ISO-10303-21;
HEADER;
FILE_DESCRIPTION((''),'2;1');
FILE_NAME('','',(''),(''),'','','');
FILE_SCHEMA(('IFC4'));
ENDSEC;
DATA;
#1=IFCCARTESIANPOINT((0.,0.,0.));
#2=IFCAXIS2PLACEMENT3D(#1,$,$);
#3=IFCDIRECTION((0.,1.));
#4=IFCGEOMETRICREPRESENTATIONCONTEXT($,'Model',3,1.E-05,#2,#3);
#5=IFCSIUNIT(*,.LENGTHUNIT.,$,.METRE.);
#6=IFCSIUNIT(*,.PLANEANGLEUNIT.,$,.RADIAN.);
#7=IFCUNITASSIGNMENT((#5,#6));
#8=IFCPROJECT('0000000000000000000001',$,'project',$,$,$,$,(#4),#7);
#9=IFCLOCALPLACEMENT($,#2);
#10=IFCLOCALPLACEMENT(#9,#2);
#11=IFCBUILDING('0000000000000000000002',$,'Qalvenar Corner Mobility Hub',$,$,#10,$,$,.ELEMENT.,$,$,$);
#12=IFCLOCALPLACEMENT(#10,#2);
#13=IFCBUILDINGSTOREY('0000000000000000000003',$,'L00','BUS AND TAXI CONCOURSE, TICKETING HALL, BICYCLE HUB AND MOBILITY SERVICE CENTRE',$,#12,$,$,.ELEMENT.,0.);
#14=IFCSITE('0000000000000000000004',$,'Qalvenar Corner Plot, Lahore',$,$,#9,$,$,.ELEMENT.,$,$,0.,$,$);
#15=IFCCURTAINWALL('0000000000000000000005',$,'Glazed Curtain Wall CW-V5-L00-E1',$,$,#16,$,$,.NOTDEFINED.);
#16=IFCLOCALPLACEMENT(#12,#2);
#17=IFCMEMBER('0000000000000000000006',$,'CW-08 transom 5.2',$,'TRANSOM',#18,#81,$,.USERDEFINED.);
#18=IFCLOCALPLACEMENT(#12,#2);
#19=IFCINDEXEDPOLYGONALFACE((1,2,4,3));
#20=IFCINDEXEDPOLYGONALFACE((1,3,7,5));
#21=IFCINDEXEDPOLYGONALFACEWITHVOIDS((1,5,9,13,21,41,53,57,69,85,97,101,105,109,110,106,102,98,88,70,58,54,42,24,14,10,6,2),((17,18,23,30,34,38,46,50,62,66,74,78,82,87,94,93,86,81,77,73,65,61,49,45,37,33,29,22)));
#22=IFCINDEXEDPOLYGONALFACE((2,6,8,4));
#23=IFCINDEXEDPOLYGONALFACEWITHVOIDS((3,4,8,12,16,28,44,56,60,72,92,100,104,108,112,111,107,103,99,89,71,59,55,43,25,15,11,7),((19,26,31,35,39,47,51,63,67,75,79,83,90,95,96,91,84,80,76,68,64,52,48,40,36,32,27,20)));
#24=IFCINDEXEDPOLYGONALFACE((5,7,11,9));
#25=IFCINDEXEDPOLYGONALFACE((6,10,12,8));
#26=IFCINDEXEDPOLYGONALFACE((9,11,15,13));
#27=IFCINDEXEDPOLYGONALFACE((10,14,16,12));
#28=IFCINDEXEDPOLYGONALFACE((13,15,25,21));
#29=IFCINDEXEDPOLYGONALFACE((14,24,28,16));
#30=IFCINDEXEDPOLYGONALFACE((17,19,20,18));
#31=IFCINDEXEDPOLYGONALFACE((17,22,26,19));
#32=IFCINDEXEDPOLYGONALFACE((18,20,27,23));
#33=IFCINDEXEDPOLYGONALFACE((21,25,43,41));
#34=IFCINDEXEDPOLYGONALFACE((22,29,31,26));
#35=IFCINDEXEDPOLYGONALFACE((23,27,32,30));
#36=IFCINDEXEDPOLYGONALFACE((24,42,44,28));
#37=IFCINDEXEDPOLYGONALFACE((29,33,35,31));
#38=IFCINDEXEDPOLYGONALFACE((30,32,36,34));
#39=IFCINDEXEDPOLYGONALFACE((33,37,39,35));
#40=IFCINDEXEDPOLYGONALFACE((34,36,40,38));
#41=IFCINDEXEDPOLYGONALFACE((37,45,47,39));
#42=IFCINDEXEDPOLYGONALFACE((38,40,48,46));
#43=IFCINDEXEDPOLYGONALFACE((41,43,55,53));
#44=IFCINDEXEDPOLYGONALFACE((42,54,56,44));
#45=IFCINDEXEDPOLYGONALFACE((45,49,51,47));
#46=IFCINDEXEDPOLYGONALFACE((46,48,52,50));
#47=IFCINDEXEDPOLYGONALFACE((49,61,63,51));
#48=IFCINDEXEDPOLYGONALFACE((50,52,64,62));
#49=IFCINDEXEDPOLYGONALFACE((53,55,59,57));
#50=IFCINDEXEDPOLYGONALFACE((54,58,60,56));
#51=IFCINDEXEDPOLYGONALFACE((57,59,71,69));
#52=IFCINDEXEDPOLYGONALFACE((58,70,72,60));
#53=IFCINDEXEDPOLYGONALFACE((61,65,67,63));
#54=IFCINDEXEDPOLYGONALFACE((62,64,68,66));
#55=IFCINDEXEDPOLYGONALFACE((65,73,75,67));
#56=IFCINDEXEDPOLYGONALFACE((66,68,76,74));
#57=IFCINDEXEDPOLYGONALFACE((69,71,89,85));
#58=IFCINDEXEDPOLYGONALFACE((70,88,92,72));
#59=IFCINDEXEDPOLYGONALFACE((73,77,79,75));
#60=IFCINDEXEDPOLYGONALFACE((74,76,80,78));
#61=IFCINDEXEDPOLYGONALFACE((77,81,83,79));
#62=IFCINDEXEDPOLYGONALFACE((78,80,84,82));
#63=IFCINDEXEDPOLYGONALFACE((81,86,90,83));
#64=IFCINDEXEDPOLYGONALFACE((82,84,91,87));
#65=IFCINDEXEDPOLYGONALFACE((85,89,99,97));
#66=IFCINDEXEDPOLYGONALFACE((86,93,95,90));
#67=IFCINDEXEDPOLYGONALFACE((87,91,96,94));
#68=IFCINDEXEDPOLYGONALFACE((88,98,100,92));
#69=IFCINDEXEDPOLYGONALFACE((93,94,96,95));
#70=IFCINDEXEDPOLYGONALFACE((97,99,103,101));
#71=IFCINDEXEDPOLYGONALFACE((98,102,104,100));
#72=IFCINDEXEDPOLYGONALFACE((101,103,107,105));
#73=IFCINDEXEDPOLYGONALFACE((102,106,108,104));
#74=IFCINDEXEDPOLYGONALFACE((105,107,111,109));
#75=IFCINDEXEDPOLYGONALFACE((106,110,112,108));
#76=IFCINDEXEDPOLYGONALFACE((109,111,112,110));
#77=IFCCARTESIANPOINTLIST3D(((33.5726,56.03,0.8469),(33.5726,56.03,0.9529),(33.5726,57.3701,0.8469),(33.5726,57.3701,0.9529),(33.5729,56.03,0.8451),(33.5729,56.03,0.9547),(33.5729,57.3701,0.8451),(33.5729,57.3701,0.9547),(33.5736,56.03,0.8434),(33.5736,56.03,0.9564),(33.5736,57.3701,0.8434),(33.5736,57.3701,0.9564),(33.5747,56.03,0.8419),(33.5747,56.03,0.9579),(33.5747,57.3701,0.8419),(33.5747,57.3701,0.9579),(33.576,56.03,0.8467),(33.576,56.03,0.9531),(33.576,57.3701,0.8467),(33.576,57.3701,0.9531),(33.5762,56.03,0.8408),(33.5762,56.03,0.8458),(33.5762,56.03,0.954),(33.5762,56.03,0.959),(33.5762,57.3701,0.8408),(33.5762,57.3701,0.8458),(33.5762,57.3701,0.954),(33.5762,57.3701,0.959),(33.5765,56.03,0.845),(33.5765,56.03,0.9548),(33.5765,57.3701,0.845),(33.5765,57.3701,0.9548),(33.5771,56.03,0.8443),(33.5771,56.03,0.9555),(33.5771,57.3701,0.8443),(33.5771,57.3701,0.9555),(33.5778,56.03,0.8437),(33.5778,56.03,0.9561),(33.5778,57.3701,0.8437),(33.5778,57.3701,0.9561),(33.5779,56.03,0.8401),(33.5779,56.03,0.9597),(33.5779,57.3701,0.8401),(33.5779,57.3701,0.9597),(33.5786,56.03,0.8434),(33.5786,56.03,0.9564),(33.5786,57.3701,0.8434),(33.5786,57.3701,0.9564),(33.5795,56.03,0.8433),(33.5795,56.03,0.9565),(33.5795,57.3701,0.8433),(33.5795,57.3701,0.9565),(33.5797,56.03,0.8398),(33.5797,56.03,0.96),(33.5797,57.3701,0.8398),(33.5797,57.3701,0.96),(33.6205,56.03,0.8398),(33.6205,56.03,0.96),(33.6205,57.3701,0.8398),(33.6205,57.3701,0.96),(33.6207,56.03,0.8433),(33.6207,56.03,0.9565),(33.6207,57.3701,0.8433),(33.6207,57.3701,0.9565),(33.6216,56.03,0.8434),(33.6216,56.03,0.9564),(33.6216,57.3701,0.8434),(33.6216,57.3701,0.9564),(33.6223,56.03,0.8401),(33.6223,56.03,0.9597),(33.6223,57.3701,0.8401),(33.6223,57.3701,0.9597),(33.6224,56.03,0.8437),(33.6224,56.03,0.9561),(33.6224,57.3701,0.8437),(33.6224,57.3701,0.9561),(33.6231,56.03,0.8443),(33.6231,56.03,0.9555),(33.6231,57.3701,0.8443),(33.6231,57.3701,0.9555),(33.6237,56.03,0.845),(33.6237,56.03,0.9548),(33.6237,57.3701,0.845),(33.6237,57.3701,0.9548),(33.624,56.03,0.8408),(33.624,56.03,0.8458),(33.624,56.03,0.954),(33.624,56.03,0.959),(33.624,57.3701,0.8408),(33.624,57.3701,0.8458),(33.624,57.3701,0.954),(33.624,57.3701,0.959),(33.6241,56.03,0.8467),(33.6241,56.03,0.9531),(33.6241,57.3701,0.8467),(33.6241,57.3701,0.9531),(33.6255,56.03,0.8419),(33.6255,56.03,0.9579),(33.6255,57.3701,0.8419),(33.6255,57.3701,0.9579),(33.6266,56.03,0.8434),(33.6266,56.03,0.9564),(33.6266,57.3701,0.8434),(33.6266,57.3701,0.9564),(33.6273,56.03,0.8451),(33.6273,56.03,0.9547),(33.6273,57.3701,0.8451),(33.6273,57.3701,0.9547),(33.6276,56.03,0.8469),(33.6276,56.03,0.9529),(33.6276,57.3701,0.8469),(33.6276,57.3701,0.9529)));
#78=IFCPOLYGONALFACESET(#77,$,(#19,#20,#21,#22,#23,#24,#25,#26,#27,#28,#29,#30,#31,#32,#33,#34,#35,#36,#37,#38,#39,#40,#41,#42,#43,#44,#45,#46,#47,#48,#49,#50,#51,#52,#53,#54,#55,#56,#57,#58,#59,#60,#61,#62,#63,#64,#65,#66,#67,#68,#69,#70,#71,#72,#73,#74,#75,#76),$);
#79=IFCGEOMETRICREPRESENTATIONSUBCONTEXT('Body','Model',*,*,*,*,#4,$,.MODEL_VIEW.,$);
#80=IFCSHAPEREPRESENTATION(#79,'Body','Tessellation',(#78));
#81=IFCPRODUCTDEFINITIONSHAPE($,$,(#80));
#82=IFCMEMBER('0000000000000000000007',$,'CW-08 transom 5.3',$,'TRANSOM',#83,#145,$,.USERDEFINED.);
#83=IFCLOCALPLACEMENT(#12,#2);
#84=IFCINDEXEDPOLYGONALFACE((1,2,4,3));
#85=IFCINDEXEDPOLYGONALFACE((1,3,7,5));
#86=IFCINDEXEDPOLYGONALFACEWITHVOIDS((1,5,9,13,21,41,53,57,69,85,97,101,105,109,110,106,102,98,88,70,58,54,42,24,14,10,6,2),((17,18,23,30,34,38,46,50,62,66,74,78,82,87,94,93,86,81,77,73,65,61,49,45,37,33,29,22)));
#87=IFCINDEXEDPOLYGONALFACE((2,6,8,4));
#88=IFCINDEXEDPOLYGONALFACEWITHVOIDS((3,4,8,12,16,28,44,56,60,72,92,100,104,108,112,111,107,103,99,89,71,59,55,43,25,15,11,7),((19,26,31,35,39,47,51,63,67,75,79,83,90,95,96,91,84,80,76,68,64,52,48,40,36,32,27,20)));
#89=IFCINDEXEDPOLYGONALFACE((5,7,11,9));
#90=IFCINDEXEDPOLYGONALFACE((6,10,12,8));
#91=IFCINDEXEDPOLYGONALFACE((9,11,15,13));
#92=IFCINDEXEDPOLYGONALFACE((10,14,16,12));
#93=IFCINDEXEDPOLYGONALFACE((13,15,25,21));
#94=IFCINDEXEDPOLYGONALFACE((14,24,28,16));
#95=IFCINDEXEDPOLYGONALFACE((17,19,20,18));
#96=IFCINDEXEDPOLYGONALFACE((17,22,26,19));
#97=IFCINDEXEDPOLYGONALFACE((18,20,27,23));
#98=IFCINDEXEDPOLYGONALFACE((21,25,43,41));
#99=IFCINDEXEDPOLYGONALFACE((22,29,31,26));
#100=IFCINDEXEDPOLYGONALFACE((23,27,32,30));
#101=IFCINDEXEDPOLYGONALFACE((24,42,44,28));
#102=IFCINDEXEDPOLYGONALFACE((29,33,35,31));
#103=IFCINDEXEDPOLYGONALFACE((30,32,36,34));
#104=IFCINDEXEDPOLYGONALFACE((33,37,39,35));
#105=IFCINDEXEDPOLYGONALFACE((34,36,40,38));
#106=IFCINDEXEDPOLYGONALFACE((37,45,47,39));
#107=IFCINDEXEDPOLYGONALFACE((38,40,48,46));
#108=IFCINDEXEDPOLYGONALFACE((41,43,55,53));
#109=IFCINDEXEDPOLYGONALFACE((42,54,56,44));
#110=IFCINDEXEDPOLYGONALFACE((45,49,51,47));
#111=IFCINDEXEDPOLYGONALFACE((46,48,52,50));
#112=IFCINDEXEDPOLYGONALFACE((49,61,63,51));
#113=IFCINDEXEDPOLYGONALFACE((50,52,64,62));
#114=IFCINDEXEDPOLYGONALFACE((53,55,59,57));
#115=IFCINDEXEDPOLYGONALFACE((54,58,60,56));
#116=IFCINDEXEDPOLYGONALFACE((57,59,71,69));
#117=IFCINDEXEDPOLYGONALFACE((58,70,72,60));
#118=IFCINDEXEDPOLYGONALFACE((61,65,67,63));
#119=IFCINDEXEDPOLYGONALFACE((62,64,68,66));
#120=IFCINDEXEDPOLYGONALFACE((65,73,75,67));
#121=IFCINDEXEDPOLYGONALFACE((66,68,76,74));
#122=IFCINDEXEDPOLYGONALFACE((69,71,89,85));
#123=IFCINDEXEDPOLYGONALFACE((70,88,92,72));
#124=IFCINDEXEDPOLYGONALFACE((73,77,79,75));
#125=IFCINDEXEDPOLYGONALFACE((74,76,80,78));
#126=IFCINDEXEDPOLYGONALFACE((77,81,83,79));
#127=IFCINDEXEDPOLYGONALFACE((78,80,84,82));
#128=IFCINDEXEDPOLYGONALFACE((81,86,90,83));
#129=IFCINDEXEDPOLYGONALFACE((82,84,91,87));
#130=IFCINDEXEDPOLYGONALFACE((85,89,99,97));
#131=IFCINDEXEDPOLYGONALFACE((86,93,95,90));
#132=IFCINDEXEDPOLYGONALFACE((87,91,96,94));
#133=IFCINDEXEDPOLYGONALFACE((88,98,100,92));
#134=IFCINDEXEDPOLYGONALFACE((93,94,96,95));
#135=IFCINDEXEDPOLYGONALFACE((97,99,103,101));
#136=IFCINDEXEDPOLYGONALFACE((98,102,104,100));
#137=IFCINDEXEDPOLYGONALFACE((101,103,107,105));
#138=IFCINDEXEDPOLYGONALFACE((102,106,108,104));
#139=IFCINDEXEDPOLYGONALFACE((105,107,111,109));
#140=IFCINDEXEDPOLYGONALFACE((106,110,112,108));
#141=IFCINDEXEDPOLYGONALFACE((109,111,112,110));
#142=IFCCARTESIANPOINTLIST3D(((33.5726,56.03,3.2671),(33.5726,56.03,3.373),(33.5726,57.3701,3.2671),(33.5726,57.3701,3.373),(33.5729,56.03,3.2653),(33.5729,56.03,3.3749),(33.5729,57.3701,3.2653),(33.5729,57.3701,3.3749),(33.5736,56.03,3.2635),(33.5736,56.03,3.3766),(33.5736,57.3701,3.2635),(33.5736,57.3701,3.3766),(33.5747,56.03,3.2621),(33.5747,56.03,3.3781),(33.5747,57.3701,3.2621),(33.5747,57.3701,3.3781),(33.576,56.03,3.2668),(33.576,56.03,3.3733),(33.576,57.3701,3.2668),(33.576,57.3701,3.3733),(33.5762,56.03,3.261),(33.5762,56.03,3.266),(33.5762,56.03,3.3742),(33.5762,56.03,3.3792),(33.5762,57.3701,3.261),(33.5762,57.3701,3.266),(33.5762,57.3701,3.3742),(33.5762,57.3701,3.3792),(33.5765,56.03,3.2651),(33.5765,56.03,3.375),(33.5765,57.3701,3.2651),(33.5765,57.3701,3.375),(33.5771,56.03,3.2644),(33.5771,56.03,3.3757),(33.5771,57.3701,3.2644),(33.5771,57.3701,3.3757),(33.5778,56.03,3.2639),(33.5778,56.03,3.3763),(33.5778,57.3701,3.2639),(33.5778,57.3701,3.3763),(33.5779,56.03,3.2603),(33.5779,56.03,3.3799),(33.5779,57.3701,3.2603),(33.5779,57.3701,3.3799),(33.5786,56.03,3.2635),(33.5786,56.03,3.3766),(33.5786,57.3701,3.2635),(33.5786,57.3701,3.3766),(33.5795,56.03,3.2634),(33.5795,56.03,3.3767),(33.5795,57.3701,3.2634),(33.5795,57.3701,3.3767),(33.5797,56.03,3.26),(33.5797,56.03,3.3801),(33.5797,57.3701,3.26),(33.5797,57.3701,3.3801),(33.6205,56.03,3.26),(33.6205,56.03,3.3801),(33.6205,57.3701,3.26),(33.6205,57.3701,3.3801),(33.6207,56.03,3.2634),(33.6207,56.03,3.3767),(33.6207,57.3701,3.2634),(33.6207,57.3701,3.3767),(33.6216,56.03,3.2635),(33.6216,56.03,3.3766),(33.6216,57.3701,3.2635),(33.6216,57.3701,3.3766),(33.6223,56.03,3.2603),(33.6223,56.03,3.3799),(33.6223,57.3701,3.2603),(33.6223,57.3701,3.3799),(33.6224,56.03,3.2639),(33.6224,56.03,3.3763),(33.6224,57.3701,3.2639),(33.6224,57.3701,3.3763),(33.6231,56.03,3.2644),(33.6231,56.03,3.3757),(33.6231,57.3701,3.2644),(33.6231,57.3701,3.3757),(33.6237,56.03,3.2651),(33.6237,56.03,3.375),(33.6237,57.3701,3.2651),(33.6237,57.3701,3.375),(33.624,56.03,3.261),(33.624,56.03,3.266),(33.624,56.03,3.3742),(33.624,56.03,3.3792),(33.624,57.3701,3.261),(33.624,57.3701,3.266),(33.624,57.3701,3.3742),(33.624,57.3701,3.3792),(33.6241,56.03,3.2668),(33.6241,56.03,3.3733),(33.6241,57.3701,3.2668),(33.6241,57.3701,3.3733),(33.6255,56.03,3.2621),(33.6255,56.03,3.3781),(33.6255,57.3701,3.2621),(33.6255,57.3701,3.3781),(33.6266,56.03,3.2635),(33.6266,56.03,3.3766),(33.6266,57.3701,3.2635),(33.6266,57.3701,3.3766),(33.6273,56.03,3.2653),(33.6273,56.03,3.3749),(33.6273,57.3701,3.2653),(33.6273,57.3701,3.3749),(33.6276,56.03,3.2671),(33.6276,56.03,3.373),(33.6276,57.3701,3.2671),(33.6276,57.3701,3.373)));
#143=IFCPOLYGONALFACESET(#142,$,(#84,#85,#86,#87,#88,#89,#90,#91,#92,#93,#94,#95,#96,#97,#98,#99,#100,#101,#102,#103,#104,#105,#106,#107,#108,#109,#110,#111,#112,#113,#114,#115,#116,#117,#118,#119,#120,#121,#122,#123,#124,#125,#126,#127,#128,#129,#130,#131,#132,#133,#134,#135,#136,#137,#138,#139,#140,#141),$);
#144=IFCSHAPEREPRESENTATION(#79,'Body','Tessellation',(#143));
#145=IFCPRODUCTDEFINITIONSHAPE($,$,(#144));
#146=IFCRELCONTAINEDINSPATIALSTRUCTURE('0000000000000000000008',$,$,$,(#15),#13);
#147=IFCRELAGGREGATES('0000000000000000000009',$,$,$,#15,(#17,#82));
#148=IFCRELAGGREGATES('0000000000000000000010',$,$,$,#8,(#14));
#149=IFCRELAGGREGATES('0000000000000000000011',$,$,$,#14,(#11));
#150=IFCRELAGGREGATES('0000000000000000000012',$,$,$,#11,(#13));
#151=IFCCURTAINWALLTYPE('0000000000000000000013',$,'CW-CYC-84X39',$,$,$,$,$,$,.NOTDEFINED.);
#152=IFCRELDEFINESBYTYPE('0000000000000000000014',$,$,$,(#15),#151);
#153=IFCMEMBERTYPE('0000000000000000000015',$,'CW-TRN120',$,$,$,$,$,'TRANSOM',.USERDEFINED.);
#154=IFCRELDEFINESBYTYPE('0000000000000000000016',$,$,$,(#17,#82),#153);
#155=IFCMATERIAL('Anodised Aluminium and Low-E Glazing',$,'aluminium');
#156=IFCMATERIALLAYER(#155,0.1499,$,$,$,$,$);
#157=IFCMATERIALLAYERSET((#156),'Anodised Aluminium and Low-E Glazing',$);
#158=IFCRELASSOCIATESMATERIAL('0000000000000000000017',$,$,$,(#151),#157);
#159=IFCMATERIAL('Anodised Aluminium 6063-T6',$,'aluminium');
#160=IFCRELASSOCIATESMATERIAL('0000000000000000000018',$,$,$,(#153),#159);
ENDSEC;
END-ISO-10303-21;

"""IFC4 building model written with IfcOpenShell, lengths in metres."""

from ifc_helpers import new_model, si_unit, direction, frame, origin, origin_2d, place, context, subcontext, project, spatial, hollow_rectangle, extrude, material, layer, layer_set, material_profile, profile_set, type_object, element, aggregate, save


model = new_model("IFC4")

# Units and contexts
model_context = context("Model", 3, precision=1e-05, world=origin(), true_north=direction((0.0, 1.0)))
body_context = subcontext(model_context, "Body", "Model", "MODEL_VIEW")
ifc_project = project(units=[si_unit("LENGTHUNIT", "METRE"), si_unit("PLANEANGLEUNIT", "RADIAN")], contexts=[model_context])

# Site, building, storey
site_placement = place(None, origin())
site = spatial("IfcSite", under=ifc_project, at=site_placement, Name="Qalvenar Corner Plot, Lahore", CompositionType="ELEMENT", RefElevation=0.0)
building_placement = place(site_placement, origin())
building = spatial("IfcBuilding", under=site, at=building_placement, Name="Qalvenar Corner Mobility Hub", CompositionType="ELEMENT")
storey_placement = place(building_placement, origin())
storey = spatial("IfcBuildingStorey", under=building, at=storey_placement, Name="L00", Description="BUS AND TAXI CONCOURSE, TICKETING HALL, BICYCLE HUB AND MOBILITY SERVICE CENTRE", CompositionType="ELEMENT", Elevation=0.0)

# Curtain wall, members
ifc_material_1 = material(Name="Anodised Aluminium and Low-E Glazing", Category="aluminium")
ifc_layer_1 = layer(ifc_material_1, 0.1499)
ifc_layer_set_1 = layer_set([ifc_layer_1], Name="Anodised Aluminium and Low-E Glazing")
curtain_wall_type = type_object("IfcCurtainWallType", Name="CW-CYC-84X39", PredefinedType="NOTDEFINED", material=ifc_layer_set_1)
curtain_wall_placement = place(storey_placement, origin())
curtain_wall = element("IfcCurtainWall", 1, at=curtain_wall_placement, inside=storey, type_object=curtain_wall_type, Name="Glazed Curtain Wall CW-V5-L00-E1", PredefinedType="NOTDEFINED")
ifc_material_2 = material(Name="Anodised Aluminium 6063-T6", Category="aluminium")
ifc_material_profile_1 = material_profile(ifc_material_2, hollow_rectangle(XDim=0.0549, YDim=0.1201, WallThickness=0.0034, InnerFilletRadius=0.0034, OuterFilletRadius=0.0071, at=origin_2d()), Name="RHS120x55x3.5")
ifc_profile_set_1 = profile_set([ifc_material_profile_1], Name="Anodised Aluminium 6063-T6")
member_type_1 = type_object("IfcMemberType", Name="CW-TRN120", ElementType="TRANSOM", PredefinedType="USERDEFINED", material=ifc_profile_set_1)
member_1_placement = place(storey_placement, frame((33.6001, 56.03, 0.8999), z_axis=(0.0, 1.0, 0.0), x_axis=(-1.0, 0.0, 0.0)))
member_1 = element("IfcMember", 2, at=member_1_placement, type_object=member_type_1, Name="CW-08 transom 5.2", ObjectType="TRANSOM", PredefinedType="USERDEFINED", context=body_context, shape_type="SweptSolid", body=[
    extrude(hollow_rectangle(XDim=0.0549, YDim=0.1201, WallThickness=0.0034, InnerFilletRadius=0.0034, OuterFilletRadius=0.0071, at=origin_2d()), origin(), (0.0, 0.0, 1.0), 1.3401),
])
member_2_placement = place(storey_placement, frame((33.6001, 56.03, 3.3201), z_axis=(0.0, 1.0, 0.0), x_axis=(-1.0, 0.0, 0.0)))
member_2 = element("IfcMember", 3, at=member_2_placement, type_object=member_type_1, Name="CW-08 transom 5.3", ObjectType="TRANSOM", PredefinedType="USERDEFINED", context=body_context, shape_type="SweptSolid", body=[
    extrude(hollow_rectangle(XDim=0.0549, YDim=0.1201, WallThickness=0.0034, InnerFilletRadius=0.0034, OuterFilletRadius=0.0071, at=origin_2d()), origin(), (0.0, 0.0, 1.0), 1.3401),
])
aggregate(curtain_wall, [member_1, member_2])

save(model, "model.ifc")
